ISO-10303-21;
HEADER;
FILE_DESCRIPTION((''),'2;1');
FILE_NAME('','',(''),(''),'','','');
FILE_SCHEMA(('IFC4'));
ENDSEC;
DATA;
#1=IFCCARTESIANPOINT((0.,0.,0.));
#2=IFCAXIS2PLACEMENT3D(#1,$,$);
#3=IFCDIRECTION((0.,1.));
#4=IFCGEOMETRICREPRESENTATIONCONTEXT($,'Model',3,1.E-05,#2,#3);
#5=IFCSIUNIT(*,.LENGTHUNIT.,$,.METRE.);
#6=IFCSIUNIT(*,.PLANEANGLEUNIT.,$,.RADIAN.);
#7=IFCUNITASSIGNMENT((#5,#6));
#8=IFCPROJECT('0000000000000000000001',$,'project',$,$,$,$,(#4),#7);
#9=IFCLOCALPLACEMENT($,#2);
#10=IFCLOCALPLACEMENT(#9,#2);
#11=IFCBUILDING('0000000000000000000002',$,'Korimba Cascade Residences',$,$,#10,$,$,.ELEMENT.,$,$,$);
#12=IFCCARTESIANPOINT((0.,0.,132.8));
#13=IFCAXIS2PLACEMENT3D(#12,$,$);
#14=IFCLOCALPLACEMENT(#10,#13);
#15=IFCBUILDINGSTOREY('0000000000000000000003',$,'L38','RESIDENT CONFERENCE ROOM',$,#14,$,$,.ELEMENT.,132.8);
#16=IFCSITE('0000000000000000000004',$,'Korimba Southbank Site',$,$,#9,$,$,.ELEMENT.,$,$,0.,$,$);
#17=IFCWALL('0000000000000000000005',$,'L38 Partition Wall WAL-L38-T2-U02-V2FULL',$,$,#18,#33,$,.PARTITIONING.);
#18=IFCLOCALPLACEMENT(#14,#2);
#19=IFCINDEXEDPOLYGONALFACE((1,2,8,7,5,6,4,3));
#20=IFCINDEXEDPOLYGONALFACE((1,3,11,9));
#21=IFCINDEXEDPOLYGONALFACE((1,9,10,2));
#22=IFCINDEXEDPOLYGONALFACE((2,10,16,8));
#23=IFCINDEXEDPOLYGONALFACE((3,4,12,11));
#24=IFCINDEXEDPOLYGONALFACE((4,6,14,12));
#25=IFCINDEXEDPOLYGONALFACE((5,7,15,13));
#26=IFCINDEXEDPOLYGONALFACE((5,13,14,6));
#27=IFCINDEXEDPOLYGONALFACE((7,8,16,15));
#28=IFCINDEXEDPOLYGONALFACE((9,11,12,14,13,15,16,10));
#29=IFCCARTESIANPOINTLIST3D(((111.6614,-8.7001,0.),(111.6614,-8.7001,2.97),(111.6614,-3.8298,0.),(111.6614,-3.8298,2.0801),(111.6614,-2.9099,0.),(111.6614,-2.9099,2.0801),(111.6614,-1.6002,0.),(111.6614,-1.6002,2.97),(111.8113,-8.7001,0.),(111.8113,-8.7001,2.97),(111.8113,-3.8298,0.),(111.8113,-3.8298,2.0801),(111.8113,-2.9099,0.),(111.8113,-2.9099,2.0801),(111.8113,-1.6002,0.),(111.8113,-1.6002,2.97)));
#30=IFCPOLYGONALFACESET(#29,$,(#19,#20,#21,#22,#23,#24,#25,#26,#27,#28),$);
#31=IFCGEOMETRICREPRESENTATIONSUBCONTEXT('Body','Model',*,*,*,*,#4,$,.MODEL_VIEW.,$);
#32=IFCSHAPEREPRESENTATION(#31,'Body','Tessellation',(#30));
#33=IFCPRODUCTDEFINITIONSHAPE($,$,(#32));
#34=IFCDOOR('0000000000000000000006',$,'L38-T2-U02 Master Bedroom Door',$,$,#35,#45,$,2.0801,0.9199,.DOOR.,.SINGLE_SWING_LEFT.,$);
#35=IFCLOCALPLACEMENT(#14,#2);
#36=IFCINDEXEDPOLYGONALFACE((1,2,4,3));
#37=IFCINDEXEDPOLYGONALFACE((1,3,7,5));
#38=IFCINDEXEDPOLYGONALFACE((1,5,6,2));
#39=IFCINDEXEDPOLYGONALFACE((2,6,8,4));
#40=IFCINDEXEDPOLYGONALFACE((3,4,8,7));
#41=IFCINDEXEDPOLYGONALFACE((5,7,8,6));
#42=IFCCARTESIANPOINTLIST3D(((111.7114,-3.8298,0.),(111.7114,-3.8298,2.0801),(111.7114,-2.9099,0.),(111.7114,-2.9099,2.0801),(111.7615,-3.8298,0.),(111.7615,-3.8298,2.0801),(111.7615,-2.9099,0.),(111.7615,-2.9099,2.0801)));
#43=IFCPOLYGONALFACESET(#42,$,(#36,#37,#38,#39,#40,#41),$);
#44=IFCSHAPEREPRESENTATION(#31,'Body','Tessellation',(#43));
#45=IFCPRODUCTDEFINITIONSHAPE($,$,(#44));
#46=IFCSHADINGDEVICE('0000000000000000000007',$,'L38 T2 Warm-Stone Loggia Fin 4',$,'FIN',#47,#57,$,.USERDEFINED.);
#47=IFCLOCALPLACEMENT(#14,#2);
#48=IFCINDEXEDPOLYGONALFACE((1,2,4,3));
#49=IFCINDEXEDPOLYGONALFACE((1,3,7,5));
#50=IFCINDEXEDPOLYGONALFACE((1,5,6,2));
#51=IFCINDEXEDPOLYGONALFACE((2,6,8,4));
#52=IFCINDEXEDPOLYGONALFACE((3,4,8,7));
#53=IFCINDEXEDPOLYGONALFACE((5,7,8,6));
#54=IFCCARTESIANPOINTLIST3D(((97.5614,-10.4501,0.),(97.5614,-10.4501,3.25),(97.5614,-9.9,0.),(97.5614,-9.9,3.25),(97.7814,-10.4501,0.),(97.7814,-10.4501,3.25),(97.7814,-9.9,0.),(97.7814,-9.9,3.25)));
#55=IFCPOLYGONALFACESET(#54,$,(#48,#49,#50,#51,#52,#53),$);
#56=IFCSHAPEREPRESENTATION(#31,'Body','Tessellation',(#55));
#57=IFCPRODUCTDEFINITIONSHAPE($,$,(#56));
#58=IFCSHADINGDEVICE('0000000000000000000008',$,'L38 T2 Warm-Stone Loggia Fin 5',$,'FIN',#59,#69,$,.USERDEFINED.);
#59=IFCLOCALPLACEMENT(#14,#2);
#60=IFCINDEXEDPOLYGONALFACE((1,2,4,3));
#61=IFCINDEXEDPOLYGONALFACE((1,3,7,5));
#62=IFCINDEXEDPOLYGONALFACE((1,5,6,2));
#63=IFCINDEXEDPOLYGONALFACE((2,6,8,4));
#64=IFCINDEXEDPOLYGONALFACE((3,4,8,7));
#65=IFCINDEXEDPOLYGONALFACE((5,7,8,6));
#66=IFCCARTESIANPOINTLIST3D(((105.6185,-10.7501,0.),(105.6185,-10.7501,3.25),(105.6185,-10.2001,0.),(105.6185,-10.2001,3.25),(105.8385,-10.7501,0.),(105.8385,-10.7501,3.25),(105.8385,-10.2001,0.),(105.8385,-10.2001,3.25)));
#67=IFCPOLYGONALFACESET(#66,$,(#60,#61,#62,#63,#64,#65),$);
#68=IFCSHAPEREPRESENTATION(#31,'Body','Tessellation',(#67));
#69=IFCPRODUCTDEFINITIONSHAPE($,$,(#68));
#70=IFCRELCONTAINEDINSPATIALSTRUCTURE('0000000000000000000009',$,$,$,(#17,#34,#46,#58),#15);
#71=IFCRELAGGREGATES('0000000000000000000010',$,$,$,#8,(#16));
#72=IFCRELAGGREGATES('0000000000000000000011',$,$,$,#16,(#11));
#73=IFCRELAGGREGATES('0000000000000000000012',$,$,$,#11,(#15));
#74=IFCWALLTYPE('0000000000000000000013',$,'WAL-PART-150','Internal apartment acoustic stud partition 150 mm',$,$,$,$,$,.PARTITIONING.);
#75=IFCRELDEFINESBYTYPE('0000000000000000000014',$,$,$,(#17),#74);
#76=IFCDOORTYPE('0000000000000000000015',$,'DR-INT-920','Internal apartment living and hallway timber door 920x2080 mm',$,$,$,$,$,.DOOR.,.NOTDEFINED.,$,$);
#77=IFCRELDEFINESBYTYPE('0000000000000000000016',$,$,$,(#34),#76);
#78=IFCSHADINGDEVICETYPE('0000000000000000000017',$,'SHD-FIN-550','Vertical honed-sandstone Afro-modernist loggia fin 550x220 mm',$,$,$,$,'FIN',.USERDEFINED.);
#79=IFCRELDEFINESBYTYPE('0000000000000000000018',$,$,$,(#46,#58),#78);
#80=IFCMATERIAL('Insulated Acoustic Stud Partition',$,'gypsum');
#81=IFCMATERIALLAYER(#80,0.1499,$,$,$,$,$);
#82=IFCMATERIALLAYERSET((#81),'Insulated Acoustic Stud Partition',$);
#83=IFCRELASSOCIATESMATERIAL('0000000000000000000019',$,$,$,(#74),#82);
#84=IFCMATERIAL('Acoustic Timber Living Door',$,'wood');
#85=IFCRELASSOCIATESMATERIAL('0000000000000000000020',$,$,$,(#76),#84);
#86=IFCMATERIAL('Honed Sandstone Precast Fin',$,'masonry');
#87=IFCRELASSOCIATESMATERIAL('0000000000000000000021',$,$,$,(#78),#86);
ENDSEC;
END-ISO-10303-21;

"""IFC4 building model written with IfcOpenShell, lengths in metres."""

from ifc_helpers import new_model, si_unit, direction, frame, frame_2d, origin, origin_2d, place, context, subcontext, project, spatial, rectangle, extrude, material, layer, layer_set, type_object, element, fill, save


model = new_model("IFC4")

# Units and contexts
model_context = context("Model", 3, precision=1e-05, world=origin(), true_north=direction((0.0, 1.0)))
body_context = subcontext(model_context, "Body", "Model", "MODEL_VIEW")
ifc_project = project(units=[si_unit("LENGTHUNIT", "METRE"), si_unit("PLANEANGLEUNIT", "RADIAN")], contexts=[model_context])

# Site, building, storey
site_placement = place(None, origin())
site = spatial("IfcSite", under=ifc_project, at=site_placement, Name="Korimba Southbank Site", CompositionType="ELEMENT", RefElevation=0.0)
building_placement = place(site_placement, origin())
building = spatial("IfcBuilding", under=site, at=building_placement, Name="Korimba Cascade Residences", CompositionType="ELEMENT")
storey_placement = place(building_placement, frame((0.0, 0.0, 132.8)))
storey = spatial("IfcBuildingStorey", under=building, at=storey_placement, Name="L38", Description="RESIDENT CONFERENCE ROOM", CompositionType="ELEMENT", Elevation=132.8)

# Shared definitions
ifc_material_1 = material(Name="Insulated Acoustic Stud Partition", Category="gypsum")
ifc_layer_1 = layer(ifc_material_1, 0.1499)
ifc_layer_set_1 = layer_set([ifc_layer_1], Name="Insulated Acoustic Stud Partition")
wall_type_1 = type_object("IfcWallType", Name="WAL-PART-150", Description="Internal apartment acoustic stud partition 150 mm", PredefinedType="PARTITIONING", material=ifc_layer_set_1)

# Wall, opening, door
ifc_material_2 = material(Name="Acoustic Timber Living Door", Category="wood")
door_type = type_object("IfcDoorType", Name="DR-INT-920", Description="Internal apartment living and hallway timber door 920x2080 mm", OperationType="NOTDEFINED", PredefinedType="DOOR", material=ifc_material_2)
wall_1_placement = place(storey_placement, frame((111.7363, -8.7, 0.0), z_axis=(0.0, 0.0, 1.0), x_axis=(0.0, 1.0, 0.0)))
wall_1 = element("IfcWall", 1, at=wall_1_placement, inside=storey, type_object=wall_type_1, Name="L38 Partition Wall WAL-L38-T2-U02-V2FULL", PredefinedType="PARTITIONING", context=body_context, shape_type="SweptSolid", body=[
    extrude(rectangle(XDim=7.0999, YDim=0.1499, at=frame_2d((3.5498, 0.0))), origin(), (0.0, 0.0, 1.0), 2.97),
])
opening_1_placement = place(wall_1_placement, frame((4.8701, 0.0, 0.0)))
opening_1 = element("IfcOpeningElement", 2, at=opening_1_placement, cuts=wall_1, PredefinedType="OPENING", context=body_context, shape_type="SweptSolid", body=[
    extrude(rectangle(XDim=0.9199, YDim=2.0801, at=frame_2d((0.46, 1.04))), frame((0.0, 0.085, 0.0), z_axis=(0.0, -1.0, 0.0), x_axis=(1.0, 0.0, 0.0)), (0.0, 0.0, 1.0), 0.1699),
])
door_1_placement = place(opening_1_placement, origin())
door_1 = element("IfcDoor", 3, at=door_1_placement, inside=storey, type_object=door_type, Name="L38-T2-U02 Master Bedroom Door", OperationType="SINGLE_SWING_LEFT", OverallHeight=2.0801, OverallWidth=0.9199, PredefinedType="DOOR", context=body_context, shape_type="SweptSolid", body=[
    extrude(rectangle(XDim=0.9199, YDim=2.0801, at=frame_2d((0.46, 1.04))), frame((0.0, 0.0249, 0.0), z_axis=(0.0, -1.0, 0.0), x_axis=(1.0, 0.0, 0.0)), (0.0, 0.0, 1.0), 0.05),
])
fill(opening_1, door_1)

# Shading devices
ifc_material_3 = material(Name="Honed Sandstone Precast Fin", Category="masonry")
shading_device_type = type_object("IfcShadingDeviceType", Name="SHD-FIN-550", Description="Vertical honed-sandstone Afro-modernist loggia fin 550x220 mm", ElementType="FIN", PredefinedType="USERDEFINED", material=ifc_material_3)
for number, where, z_axis, x_axis, name in (
    (4, (97.6714, -10.175, 0.0), (0.0, 0.0, 1.0), (1.0, 0.0, 0.0), "L38 T2 Warm-Stone Loggia Fin 4"),
    (5, (105.7285, -10.4751, 0.0), (0.0, 0.0, 1.0), (1.0, 0.0, 0.0), "L38 T2 Warm-Stone Loggia Fin 5"),
):
    element("IfcShadingDevice", number, at=place(storey_placement, frame(where, z_axis=z_axis, x_axis=x_axis)), inside=storey, type_object=shading_device_type, Name=name, ObjectType="FIN", PredefinedType="USERDEFINED", context=body_context, shape_type="SweptSolid", body=[
        extrude(rectangle(XDim=0.22, YDim=0.55, at=origin_2d()), origin(), (0.0, 0.0, 1.0), 3.25),
    ])

save(model, "model.ifc")
